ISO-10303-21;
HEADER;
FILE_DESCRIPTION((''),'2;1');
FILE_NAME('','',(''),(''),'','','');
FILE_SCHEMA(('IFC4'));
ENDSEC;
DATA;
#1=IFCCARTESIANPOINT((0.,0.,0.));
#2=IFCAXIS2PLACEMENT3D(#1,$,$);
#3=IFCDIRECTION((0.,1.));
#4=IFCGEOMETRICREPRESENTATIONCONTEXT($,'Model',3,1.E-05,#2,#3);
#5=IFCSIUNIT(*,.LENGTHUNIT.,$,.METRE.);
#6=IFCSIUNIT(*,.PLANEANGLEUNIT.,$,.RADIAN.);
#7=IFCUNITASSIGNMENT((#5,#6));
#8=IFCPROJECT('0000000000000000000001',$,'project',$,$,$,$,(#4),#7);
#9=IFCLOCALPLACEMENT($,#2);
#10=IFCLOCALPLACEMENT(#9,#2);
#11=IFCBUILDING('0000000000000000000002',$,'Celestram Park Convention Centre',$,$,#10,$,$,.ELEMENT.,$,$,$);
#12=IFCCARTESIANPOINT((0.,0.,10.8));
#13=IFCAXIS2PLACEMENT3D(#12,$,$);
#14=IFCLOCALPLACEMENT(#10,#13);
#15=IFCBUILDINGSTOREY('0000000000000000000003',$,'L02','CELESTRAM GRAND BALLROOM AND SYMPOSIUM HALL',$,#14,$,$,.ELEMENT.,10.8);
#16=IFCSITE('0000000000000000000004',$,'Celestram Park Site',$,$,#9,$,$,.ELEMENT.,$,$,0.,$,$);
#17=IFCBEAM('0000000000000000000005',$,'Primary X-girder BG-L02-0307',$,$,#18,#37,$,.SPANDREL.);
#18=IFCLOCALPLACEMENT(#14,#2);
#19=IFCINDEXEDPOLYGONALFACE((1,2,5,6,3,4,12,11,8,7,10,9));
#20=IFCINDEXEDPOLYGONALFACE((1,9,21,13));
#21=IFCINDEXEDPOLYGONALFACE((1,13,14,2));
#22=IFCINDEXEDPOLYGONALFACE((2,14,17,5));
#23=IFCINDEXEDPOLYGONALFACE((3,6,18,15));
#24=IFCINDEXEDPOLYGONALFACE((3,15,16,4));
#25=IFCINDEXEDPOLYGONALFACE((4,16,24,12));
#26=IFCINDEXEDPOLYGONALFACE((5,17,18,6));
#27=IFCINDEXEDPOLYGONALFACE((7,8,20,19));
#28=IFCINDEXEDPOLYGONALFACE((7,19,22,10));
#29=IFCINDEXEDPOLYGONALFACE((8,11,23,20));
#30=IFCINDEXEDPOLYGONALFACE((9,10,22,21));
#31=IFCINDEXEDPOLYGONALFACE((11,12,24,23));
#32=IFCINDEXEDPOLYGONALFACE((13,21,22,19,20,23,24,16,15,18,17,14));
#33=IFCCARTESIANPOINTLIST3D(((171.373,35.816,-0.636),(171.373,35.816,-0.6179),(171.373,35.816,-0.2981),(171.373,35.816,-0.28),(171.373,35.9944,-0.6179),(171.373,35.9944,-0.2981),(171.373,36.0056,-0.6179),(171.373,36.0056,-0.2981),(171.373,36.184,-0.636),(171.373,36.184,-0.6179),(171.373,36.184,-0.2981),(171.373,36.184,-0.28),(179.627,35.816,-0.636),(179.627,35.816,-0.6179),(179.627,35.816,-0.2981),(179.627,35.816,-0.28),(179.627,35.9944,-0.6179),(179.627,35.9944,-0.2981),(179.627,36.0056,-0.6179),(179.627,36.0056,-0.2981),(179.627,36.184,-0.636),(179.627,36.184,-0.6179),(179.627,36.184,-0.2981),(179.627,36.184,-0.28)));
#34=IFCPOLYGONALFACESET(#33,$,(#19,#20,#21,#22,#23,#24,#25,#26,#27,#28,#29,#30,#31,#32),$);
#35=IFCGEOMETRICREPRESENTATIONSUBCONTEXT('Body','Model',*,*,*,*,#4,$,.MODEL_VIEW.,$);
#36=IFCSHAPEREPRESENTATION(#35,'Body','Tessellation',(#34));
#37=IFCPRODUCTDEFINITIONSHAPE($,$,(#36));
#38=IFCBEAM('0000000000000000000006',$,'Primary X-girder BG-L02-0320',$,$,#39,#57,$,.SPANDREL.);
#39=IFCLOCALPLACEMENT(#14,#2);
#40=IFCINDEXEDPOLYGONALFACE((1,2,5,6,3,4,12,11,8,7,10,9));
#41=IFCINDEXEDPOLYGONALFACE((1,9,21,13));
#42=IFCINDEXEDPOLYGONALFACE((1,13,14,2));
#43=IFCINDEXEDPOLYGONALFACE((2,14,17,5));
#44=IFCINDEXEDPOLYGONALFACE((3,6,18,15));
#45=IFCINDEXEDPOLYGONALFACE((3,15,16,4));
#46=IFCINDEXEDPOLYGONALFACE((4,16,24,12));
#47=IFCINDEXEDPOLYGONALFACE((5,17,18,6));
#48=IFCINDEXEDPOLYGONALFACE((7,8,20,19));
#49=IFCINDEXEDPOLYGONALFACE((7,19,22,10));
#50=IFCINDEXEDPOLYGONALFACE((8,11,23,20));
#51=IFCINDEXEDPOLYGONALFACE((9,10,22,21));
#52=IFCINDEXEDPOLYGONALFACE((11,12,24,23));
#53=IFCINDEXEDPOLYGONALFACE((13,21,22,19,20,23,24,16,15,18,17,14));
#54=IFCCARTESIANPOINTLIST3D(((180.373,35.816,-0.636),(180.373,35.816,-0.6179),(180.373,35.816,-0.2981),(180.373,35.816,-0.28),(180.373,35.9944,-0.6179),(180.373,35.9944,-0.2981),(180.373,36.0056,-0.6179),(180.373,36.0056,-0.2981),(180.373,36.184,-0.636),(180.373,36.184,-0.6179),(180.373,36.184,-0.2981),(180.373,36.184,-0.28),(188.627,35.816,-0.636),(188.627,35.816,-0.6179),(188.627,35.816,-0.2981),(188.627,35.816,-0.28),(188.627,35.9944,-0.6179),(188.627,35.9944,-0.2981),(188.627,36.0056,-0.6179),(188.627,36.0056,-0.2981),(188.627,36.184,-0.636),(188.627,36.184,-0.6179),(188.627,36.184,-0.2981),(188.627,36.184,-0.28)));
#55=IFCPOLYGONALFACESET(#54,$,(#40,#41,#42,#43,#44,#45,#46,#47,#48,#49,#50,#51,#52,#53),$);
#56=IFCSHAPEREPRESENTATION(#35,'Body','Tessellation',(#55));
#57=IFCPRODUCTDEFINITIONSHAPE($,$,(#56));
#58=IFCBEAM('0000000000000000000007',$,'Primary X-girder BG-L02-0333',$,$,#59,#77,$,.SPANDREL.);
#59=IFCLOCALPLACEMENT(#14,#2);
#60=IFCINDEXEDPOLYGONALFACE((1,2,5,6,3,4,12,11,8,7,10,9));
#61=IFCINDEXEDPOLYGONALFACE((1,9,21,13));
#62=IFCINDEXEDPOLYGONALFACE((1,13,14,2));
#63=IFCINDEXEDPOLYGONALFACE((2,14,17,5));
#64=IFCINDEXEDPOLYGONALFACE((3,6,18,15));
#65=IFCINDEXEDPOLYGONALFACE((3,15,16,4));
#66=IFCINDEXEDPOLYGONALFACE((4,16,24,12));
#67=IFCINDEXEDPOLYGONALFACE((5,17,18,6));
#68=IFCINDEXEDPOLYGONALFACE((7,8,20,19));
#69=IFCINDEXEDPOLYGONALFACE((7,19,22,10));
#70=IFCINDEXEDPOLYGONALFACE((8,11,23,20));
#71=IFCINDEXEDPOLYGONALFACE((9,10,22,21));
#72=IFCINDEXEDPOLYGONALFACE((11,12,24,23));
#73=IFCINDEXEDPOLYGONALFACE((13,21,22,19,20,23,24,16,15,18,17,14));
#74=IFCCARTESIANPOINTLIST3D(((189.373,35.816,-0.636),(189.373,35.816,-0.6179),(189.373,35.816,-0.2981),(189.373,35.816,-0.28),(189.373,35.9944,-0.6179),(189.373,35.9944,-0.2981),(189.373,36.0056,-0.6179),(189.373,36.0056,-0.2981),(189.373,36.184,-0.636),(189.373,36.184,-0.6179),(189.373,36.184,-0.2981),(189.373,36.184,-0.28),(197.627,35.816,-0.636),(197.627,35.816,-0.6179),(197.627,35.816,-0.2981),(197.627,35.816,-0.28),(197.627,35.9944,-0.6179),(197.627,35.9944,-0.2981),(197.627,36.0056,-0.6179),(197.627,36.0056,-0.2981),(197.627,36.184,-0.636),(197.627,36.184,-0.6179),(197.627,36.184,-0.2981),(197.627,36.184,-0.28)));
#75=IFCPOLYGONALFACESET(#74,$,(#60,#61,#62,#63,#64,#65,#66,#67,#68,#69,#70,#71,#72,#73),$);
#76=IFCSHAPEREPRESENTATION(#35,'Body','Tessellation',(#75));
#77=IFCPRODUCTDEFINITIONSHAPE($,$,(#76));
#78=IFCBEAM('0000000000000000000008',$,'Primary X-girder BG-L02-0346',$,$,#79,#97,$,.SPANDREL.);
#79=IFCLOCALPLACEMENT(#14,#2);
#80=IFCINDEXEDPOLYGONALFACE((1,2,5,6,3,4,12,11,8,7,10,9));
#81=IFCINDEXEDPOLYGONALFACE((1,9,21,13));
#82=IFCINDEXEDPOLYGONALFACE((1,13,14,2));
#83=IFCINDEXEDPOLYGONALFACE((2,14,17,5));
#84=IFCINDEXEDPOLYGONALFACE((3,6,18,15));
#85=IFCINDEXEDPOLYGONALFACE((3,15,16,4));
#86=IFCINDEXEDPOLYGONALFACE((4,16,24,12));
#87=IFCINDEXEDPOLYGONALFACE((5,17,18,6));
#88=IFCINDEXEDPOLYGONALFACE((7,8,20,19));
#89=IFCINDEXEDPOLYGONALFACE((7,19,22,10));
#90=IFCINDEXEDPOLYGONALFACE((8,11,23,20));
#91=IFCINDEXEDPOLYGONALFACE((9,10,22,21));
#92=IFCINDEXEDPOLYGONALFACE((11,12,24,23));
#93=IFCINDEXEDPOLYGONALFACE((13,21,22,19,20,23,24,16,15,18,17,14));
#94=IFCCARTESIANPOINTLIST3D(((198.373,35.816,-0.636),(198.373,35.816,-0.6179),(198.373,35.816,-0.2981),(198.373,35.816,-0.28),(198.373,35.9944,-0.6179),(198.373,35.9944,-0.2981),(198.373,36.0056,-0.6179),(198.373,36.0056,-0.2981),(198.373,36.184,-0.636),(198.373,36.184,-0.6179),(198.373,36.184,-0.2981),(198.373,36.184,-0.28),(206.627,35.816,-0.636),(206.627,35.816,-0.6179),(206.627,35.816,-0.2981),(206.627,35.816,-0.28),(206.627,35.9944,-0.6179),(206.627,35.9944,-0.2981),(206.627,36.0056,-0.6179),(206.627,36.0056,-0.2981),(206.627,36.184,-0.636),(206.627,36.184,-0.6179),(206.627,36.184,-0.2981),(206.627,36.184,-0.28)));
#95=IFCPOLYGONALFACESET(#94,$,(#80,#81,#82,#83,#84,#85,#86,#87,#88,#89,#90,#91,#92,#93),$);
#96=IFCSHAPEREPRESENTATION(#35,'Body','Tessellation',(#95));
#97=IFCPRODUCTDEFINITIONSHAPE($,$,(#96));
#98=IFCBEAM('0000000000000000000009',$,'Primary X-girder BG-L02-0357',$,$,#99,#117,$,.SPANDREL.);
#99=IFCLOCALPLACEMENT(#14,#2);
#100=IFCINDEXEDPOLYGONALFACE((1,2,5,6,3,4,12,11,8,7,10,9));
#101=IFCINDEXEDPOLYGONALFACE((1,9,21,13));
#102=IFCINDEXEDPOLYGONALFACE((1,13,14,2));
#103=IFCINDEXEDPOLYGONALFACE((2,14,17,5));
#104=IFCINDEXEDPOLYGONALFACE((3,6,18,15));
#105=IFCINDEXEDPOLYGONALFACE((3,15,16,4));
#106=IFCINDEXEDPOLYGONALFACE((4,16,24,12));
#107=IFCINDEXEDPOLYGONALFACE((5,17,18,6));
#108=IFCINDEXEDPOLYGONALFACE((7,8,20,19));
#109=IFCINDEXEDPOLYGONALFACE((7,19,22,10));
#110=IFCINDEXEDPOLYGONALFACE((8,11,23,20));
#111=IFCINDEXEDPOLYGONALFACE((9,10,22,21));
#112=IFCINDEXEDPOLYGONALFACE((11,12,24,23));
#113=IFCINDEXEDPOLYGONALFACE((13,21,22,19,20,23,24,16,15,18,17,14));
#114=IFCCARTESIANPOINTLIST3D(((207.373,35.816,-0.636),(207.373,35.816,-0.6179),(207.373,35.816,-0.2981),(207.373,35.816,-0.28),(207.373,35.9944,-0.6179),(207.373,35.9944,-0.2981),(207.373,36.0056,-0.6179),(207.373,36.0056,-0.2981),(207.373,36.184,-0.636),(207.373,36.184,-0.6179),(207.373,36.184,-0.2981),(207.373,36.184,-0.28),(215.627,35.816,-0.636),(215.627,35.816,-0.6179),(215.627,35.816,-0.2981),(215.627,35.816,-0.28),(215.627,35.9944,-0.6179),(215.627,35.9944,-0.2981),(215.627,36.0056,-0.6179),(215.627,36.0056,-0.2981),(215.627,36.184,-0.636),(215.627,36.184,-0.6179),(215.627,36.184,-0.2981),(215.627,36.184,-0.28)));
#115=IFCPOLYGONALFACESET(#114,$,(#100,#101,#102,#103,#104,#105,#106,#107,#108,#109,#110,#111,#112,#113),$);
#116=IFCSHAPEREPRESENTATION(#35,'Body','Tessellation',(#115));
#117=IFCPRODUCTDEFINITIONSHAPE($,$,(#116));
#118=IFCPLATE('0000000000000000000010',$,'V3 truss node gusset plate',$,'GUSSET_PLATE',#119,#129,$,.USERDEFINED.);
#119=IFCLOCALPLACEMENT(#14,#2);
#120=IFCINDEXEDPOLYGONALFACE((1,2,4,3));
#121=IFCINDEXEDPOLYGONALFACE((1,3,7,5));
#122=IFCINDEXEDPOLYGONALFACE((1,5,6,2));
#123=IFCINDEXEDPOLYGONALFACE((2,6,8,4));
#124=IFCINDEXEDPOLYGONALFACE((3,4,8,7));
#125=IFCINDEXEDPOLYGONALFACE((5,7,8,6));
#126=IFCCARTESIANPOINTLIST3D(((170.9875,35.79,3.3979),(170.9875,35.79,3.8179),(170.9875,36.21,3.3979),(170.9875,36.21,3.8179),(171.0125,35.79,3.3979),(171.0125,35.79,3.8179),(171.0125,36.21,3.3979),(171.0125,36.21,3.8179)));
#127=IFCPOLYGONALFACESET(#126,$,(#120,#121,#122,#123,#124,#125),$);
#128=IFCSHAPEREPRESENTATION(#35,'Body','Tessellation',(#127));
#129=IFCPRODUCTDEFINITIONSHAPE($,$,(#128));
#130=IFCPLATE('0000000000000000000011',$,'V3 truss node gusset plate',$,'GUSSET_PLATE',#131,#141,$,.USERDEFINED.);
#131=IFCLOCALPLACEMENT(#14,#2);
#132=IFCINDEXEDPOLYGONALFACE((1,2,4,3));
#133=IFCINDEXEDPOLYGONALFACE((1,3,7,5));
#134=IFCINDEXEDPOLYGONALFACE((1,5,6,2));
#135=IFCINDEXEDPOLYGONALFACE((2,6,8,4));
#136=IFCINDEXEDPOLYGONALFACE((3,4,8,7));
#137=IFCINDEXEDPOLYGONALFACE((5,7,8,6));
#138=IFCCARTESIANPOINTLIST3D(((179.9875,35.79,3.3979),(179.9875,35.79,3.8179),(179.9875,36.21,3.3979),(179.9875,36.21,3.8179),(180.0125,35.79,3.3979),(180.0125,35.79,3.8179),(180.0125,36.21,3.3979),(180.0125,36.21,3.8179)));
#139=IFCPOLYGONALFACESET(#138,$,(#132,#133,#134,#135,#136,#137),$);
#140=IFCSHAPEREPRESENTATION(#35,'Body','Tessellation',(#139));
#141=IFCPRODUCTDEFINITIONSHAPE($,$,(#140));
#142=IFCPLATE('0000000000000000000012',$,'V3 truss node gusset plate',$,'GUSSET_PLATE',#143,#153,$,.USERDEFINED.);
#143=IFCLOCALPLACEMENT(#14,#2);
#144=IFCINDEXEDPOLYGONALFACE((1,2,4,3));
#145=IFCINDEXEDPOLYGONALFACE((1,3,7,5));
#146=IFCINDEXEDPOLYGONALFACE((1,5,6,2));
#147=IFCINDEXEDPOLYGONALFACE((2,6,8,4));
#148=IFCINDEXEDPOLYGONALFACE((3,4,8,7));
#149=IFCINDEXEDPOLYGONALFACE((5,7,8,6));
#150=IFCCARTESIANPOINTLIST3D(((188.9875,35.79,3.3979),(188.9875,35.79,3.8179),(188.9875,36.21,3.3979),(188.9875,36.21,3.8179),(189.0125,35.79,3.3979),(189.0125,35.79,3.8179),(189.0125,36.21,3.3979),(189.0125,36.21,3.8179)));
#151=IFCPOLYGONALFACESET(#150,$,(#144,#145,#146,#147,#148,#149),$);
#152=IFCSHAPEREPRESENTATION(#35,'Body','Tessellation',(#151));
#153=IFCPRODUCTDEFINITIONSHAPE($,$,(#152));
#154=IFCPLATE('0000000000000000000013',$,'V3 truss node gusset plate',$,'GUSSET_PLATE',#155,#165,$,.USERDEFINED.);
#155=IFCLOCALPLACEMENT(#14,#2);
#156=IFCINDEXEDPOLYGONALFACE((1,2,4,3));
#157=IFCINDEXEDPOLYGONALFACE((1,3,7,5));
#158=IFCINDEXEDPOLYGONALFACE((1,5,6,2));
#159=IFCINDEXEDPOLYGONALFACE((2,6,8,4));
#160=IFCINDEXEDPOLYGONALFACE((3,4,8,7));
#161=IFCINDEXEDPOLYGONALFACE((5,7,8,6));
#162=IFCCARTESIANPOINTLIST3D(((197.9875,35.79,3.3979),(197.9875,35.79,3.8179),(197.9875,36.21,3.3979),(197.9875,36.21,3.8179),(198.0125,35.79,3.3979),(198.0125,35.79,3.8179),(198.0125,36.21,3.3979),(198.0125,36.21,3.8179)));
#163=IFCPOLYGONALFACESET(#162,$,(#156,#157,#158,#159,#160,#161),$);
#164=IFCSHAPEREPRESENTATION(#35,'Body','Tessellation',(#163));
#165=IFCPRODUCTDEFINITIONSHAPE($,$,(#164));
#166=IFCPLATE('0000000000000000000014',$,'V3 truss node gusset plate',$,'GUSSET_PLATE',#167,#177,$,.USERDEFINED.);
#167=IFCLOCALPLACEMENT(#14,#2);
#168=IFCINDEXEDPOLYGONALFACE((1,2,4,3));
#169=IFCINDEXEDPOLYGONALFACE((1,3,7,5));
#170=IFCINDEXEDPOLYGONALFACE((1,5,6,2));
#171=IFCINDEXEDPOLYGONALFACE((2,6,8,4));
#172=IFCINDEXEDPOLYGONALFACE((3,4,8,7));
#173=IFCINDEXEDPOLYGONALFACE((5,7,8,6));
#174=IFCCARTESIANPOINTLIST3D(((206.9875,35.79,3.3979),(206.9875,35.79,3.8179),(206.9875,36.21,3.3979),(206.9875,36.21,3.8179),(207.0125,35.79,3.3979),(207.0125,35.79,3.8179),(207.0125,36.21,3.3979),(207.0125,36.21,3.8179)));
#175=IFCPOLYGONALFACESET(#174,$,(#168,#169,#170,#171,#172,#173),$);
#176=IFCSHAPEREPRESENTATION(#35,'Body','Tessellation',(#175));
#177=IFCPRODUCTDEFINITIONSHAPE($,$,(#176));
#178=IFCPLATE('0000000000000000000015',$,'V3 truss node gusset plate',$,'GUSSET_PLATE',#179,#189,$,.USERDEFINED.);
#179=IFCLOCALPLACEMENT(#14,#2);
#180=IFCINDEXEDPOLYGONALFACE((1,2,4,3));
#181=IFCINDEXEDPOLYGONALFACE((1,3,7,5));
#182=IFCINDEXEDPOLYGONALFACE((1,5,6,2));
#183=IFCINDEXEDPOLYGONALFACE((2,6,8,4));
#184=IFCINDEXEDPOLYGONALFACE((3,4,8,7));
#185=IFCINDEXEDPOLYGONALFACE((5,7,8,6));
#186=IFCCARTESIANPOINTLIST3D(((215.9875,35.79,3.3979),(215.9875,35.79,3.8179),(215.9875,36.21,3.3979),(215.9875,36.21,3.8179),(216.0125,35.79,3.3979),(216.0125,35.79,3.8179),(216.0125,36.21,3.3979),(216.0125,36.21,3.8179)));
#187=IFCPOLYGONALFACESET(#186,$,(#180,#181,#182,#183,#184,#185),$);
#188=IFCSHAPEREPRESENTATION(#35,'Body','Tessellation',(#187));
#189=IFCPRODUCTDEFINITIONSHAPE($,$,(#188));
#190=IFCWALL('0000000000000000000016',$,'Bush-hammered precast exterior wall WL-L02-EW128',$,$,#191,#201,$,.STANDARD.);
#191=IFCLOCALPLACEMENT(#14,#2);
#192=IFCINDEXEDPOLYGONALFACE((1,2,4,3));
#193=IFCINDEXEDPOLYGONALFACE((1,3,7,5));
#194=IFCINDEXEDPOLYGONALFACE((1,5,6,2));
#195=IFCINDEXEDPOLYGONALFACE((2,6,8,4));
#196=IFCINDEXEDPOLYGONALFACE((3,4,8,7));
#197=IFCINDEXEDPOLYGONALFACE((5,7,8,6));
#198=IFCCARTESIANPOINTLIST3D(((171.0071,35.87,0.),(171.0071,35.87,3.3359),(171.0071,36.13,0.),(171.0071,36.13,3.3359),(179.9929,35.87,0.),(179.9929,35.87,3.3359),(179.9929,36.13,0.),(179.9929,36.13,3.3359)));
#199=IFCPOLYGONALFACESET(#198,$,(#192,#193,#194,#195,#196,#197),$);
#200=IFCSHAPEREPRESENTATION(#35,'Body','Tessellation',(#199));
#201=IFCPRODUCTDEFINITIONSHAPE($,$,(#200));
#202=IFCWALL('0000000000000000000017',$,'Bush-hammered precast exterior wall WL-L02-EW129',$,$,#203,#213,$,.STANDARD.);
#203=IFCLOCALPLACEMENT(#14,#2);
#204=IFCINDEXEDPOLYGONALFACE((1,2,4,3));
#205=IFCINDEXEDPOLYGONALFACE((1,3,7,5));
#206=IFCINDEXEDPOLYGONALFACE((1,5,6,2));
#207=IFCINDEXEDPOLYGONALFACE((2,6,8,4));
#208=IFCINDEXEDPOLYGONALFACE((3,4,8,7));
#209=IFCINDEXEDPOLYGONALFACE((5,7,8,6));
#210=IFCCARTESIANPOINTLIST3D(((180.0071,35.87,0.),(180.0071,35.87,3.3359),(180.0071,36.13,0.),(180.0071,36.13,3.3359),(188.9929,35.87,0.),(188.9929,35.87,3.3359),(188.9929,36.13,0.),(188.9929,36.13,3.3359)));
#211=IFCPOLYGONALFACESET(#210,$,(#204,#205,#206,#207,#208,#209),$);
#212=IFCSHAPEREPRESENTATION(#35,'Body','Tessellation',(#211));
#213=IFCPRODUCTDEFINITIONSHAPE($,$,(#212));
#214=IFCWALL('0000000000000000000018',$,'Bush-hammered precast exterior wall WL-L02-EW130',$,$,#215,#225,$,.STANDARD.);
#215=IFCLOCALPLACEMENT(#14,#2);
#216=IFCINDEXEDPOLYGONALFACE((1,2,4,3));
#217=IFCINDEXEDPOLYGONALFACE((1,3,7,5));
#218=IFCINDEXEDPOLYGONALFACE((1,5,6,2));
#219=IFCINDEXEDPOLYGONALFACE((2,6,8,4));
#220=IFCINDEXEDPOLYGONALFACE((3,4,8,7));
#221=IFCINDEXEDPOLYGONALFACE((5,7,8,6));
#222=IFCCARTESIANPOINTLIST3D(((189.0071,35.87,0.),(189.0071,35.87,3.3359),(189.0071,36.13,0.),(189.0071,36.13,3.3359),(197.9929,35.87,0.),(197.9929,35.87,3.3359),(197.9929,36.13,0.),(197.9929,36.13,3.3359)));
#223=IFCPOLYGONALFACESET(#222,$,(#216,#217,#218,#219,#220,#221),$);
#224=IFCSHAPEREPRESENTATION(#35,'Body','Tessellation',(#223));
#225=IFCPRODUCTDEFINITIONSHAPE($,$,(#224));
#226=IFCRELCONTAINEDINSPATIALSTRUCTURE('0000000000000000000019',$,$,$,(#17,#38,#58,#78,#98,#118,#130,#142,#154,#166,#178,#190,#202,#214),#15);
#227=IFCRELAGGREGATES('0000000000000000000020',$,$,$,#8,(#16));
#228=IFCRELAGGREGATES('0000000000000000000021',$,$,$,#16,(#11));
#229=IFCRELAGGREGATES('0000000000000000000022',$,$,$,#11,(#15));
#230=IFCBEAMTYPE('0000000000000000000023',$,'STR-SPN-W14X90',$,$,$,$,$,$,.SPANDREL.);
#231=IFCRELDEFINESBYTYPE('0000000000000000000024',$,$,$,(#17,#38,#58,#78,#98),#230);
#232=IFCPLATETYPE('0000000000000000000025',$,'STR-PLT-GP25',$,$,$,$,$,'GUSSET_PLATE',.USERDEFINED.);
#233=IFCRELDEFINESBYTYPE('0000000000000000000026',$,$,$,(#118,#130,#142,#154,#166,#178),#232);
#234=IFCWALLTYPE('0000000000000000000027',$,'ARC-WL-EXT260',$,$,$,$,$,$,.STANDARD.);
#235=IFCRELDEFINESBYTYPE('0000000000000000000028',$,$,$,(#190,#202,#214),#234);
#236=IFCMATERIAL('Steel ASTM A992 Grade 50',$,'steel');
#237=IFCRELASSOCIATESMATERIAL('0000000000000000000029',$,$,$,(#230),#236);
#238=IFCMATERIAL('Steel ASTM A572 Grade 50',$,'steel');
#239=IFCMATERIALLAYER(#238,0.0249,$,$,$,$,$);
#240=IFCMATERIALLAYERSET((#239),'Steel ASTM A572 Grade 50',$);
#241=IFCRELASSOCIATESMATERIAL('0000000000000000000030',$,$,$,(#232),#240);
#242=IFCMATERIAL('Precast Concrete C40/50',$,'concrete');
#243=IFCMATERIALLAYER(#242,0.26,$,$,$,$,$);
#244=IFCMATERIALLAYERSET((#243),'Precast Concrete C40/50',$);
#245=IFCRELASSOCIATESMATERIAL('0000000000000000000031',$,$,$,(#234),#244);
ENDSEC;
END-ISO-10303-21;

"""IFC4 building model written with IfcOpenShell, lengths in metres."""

from ifc_helpers import new_model, si_unit, direction, frame, frame_2d, origin, origin_2d, place, context, subcontext, project, spatial, rectangle, i_section, extrude, material, layer, layer_set, material_profile, profile_set, type_object, element, save


model = new_model("IFC4")

# Units and contexts
model_context = context("Model", 3, precision=1e-05, world=origin(), true_north=direction((0.0, 1.0)))
body_context = subcontext(model_context, "Body", "Model", "MODEL_VIEW")
ifc_project = project(units=[si_unit("LENGTHUNIT", "METRE"), si_unit("PLANEANGLEUNIT", "RADIAN")], contexts=[model_context])

# Site, building, storey
site_placement = place(None, origin())
site = spatial("IfcSite", under=ifc_project, at=site_placement, Name="Celestram Park Site", CompositionType="ELEMENT", RefElevation=0.0)
building_placement = place(site_placement, origin())
building = spatial("IfcBuilding", under=site, at=building_placement, Name="Celestram Park Convention Centre", CompositionType="ELEMENT")
storey_placement = place(building_placement, frame((0.0, 0.0, 10.8)))
storey = spatial("IfcBuildingStorey", under=building, at=storey_placement, Name="L02", Description="CELESTRAM GRAND BALLROOM AND SYMPOSIUM HALL", CompositionType="ELEMENT", Elevation=10.8)

# Shared definitions
ifc_material_1 = material(Name="Steel ASTM A992 Grade 50", Category="steel")

# Beams
ifc_material_profile_1 = material_profile(ifc_material_1, i_section(OverallWidth=0.3679, OverallDepth=0.356, WebThickness=0.0112, FlangeThickness=0.0181, at=origin_2d()), Name="W14X90")
ifc_profile_set_1 = profile_set([ifc_material_profile_1], Name="Steel ASTM A992 Grade 50")
beam_type_1 = type_object("IfcBeamType", Name="STR-SPN-W14X90", PredefinedType="SPANDREL", material=ifc_profile_set_1)
for number, where, z_axis, x_axis, name in (
    (1, (171.373, 36.0, -0.458), (1.0, 0.0, 0.0), (0.0, 1.0, 0.0), "Primary X-girder BG-L02-0307"),
    (2, (180.373, 36.0, -0.458), (1.0, 0.0, 0.0), (0.0, 1.0, 0.0), "Primary X-girder BG-L02-0320"),
    (3, (189.373, 36.0, -0.458), (1.0, 0.0, 0.0), (0.0, 1.0, 0.0), "Primary X-girder BG-L02-0333"),
    (4, (198.373, 36.0, -0.458), (1.0, 0.0, 0.0), (0.0, 1.0, 0.0), "Primary X-girder BG-L02-0346"),
    (5, (207.373, 36.0, -0.458), (1.0, 0.0, 0.0), (0.0, 1.0, 0.0), "Primary X-girder BG-L02-0357"),
):
    element("IfcBeam", number, at=place(storey_placement, frame(where, z_axis=z_axis, x_axis=x_axis)), inside=storey, type_object=beam_type_1, Name=name, PredefinedType="SPANDREL", context=body_context, shape_type="SweptSolid", body=[
        extrude(i_section(OverallWidth=0.3679, OverallDepth=0.356, WebThickness=0.0112, FlangeThickness=0.0181, at=origin_2d()), origin(), (0.0, 0.0, 1.0), 8.2539),
    ])

# Plates
ifc_material_2 = material(Name="Steel ASTM A572 Grade 50", Category="steel")
ifc_layer_1 = layer(ifc_material_2, 0.0249)
ifc_layer_set_1 = layer_set([ifc_layer_1], Name="Steel ASTM A572 Grade 50")
plate_type = type_object("IfcPlateType", Name="STR-PLT-GP25", ElementType="GUSSET_PLATE", PredefinedType="USERDEFINED", material=ifc_layer_set_1)
for number, where, z_axis, x_axis, name in (
    (6, (171.0, 36.0, 3.3979), (0.0, 0.0, 1.0), (0.0, 1.0, 0.0), "V3 truss node gusset plate"),
    (7, (180.0, 36.0, 3.3979), (0.0, 0.0, 1.0), (0.0, 1.0, 0.0), "V3 truss node gusset plate"),
    (8, (189.0, 36.0, 3.3979), (0.0, 0.0, 1.0), (0.0, 1.0, 0.0), "V3 truss node gusset plate"),
    (9, (198.0, 36.0, 3.3979), (0.0, 0.0, 1.0), (0.0, 1.0, 0.0), "V3 truss node gusset plate"),
    (10, (207.0, 36.0, 3.3979), (0.0, 0.0, 1.0), (0.0, 1.0, 0.0), "V3 truss node gusset plate"),
    (11, (216.0, 36.0, 3.3979), (0.0, 0.0, 1.0), (0.0, 1.0, 0.0), "V3 truss node gusset plate"),
):
    element("IfcPlate", number, at=place(storey_placement, frame(where, z_axis=z_axis, x_axis=x_axis)), inside=storey, type_object=plate_type, Name=name, ObjectType="GUSSET_PLATE", PredefinedType="USERDEFINED", context=body_context, shape_type="SweptSolid", body=[
        extrude(rectangle(XDim=0.4199, YDim=0.0249, at=origin_2d()), origin(), (0.0, 0.0, 1.0), 0.4199),
    ])

# Walls
ifc_material_3 = material(Name="Precast Concrete C40/50", Category="concrete")
ifc_layer_2 = layer(ifc_material_3, 0.26)
ifc_layer_set_2 = layer_set([ifc_layer_2], Name="Precast Concrete C40/50")
wall_type = type_object("IfcWallType", Name="ARC-WL-EXT260", PredefinedType="STANDARD", material=ifc_layer_set_2)
for number, where, z_axis, x_axis, name in (
    (12, (171.0071, 36.0, 0.0), (0.0, 0.0, 1.0), (1.0, 0.0, 0.0), "Bush-hammered precast exterior wall WL-L02-EW128"),
    (13, (180.0071, 36.0, 0.0), (0.0, 0.0, 1.0), (1.0, 0.0, 0.0), "Bush-hammered precast exterior wall WL-L02-EW129"),
    (14, (189.0071, 36.0, 0.0), (0.0, 0.0, 1.0), (1.0, 0.0, 0.0), "Bush-hammered precast exterior wall WL-L02-EW130"),
):
    element("IfcWall", number, at=place(storey_placement, frame(where, z_axis=z_axis, x_axis=x_axis)), inside=storey, type_object=wall_type, Name=name, PredefinedType="STANDARD", context=body_context, shape_type="SweptSolid", body=[
        extrude(rectangle(XDim=8.9858, YDim=0.26, at=frame_2d((4.4929, 0.0))), origin(), (0.0, 0.0, 1.0), 3.3359),
    ])

save(model, "model.ifc")
